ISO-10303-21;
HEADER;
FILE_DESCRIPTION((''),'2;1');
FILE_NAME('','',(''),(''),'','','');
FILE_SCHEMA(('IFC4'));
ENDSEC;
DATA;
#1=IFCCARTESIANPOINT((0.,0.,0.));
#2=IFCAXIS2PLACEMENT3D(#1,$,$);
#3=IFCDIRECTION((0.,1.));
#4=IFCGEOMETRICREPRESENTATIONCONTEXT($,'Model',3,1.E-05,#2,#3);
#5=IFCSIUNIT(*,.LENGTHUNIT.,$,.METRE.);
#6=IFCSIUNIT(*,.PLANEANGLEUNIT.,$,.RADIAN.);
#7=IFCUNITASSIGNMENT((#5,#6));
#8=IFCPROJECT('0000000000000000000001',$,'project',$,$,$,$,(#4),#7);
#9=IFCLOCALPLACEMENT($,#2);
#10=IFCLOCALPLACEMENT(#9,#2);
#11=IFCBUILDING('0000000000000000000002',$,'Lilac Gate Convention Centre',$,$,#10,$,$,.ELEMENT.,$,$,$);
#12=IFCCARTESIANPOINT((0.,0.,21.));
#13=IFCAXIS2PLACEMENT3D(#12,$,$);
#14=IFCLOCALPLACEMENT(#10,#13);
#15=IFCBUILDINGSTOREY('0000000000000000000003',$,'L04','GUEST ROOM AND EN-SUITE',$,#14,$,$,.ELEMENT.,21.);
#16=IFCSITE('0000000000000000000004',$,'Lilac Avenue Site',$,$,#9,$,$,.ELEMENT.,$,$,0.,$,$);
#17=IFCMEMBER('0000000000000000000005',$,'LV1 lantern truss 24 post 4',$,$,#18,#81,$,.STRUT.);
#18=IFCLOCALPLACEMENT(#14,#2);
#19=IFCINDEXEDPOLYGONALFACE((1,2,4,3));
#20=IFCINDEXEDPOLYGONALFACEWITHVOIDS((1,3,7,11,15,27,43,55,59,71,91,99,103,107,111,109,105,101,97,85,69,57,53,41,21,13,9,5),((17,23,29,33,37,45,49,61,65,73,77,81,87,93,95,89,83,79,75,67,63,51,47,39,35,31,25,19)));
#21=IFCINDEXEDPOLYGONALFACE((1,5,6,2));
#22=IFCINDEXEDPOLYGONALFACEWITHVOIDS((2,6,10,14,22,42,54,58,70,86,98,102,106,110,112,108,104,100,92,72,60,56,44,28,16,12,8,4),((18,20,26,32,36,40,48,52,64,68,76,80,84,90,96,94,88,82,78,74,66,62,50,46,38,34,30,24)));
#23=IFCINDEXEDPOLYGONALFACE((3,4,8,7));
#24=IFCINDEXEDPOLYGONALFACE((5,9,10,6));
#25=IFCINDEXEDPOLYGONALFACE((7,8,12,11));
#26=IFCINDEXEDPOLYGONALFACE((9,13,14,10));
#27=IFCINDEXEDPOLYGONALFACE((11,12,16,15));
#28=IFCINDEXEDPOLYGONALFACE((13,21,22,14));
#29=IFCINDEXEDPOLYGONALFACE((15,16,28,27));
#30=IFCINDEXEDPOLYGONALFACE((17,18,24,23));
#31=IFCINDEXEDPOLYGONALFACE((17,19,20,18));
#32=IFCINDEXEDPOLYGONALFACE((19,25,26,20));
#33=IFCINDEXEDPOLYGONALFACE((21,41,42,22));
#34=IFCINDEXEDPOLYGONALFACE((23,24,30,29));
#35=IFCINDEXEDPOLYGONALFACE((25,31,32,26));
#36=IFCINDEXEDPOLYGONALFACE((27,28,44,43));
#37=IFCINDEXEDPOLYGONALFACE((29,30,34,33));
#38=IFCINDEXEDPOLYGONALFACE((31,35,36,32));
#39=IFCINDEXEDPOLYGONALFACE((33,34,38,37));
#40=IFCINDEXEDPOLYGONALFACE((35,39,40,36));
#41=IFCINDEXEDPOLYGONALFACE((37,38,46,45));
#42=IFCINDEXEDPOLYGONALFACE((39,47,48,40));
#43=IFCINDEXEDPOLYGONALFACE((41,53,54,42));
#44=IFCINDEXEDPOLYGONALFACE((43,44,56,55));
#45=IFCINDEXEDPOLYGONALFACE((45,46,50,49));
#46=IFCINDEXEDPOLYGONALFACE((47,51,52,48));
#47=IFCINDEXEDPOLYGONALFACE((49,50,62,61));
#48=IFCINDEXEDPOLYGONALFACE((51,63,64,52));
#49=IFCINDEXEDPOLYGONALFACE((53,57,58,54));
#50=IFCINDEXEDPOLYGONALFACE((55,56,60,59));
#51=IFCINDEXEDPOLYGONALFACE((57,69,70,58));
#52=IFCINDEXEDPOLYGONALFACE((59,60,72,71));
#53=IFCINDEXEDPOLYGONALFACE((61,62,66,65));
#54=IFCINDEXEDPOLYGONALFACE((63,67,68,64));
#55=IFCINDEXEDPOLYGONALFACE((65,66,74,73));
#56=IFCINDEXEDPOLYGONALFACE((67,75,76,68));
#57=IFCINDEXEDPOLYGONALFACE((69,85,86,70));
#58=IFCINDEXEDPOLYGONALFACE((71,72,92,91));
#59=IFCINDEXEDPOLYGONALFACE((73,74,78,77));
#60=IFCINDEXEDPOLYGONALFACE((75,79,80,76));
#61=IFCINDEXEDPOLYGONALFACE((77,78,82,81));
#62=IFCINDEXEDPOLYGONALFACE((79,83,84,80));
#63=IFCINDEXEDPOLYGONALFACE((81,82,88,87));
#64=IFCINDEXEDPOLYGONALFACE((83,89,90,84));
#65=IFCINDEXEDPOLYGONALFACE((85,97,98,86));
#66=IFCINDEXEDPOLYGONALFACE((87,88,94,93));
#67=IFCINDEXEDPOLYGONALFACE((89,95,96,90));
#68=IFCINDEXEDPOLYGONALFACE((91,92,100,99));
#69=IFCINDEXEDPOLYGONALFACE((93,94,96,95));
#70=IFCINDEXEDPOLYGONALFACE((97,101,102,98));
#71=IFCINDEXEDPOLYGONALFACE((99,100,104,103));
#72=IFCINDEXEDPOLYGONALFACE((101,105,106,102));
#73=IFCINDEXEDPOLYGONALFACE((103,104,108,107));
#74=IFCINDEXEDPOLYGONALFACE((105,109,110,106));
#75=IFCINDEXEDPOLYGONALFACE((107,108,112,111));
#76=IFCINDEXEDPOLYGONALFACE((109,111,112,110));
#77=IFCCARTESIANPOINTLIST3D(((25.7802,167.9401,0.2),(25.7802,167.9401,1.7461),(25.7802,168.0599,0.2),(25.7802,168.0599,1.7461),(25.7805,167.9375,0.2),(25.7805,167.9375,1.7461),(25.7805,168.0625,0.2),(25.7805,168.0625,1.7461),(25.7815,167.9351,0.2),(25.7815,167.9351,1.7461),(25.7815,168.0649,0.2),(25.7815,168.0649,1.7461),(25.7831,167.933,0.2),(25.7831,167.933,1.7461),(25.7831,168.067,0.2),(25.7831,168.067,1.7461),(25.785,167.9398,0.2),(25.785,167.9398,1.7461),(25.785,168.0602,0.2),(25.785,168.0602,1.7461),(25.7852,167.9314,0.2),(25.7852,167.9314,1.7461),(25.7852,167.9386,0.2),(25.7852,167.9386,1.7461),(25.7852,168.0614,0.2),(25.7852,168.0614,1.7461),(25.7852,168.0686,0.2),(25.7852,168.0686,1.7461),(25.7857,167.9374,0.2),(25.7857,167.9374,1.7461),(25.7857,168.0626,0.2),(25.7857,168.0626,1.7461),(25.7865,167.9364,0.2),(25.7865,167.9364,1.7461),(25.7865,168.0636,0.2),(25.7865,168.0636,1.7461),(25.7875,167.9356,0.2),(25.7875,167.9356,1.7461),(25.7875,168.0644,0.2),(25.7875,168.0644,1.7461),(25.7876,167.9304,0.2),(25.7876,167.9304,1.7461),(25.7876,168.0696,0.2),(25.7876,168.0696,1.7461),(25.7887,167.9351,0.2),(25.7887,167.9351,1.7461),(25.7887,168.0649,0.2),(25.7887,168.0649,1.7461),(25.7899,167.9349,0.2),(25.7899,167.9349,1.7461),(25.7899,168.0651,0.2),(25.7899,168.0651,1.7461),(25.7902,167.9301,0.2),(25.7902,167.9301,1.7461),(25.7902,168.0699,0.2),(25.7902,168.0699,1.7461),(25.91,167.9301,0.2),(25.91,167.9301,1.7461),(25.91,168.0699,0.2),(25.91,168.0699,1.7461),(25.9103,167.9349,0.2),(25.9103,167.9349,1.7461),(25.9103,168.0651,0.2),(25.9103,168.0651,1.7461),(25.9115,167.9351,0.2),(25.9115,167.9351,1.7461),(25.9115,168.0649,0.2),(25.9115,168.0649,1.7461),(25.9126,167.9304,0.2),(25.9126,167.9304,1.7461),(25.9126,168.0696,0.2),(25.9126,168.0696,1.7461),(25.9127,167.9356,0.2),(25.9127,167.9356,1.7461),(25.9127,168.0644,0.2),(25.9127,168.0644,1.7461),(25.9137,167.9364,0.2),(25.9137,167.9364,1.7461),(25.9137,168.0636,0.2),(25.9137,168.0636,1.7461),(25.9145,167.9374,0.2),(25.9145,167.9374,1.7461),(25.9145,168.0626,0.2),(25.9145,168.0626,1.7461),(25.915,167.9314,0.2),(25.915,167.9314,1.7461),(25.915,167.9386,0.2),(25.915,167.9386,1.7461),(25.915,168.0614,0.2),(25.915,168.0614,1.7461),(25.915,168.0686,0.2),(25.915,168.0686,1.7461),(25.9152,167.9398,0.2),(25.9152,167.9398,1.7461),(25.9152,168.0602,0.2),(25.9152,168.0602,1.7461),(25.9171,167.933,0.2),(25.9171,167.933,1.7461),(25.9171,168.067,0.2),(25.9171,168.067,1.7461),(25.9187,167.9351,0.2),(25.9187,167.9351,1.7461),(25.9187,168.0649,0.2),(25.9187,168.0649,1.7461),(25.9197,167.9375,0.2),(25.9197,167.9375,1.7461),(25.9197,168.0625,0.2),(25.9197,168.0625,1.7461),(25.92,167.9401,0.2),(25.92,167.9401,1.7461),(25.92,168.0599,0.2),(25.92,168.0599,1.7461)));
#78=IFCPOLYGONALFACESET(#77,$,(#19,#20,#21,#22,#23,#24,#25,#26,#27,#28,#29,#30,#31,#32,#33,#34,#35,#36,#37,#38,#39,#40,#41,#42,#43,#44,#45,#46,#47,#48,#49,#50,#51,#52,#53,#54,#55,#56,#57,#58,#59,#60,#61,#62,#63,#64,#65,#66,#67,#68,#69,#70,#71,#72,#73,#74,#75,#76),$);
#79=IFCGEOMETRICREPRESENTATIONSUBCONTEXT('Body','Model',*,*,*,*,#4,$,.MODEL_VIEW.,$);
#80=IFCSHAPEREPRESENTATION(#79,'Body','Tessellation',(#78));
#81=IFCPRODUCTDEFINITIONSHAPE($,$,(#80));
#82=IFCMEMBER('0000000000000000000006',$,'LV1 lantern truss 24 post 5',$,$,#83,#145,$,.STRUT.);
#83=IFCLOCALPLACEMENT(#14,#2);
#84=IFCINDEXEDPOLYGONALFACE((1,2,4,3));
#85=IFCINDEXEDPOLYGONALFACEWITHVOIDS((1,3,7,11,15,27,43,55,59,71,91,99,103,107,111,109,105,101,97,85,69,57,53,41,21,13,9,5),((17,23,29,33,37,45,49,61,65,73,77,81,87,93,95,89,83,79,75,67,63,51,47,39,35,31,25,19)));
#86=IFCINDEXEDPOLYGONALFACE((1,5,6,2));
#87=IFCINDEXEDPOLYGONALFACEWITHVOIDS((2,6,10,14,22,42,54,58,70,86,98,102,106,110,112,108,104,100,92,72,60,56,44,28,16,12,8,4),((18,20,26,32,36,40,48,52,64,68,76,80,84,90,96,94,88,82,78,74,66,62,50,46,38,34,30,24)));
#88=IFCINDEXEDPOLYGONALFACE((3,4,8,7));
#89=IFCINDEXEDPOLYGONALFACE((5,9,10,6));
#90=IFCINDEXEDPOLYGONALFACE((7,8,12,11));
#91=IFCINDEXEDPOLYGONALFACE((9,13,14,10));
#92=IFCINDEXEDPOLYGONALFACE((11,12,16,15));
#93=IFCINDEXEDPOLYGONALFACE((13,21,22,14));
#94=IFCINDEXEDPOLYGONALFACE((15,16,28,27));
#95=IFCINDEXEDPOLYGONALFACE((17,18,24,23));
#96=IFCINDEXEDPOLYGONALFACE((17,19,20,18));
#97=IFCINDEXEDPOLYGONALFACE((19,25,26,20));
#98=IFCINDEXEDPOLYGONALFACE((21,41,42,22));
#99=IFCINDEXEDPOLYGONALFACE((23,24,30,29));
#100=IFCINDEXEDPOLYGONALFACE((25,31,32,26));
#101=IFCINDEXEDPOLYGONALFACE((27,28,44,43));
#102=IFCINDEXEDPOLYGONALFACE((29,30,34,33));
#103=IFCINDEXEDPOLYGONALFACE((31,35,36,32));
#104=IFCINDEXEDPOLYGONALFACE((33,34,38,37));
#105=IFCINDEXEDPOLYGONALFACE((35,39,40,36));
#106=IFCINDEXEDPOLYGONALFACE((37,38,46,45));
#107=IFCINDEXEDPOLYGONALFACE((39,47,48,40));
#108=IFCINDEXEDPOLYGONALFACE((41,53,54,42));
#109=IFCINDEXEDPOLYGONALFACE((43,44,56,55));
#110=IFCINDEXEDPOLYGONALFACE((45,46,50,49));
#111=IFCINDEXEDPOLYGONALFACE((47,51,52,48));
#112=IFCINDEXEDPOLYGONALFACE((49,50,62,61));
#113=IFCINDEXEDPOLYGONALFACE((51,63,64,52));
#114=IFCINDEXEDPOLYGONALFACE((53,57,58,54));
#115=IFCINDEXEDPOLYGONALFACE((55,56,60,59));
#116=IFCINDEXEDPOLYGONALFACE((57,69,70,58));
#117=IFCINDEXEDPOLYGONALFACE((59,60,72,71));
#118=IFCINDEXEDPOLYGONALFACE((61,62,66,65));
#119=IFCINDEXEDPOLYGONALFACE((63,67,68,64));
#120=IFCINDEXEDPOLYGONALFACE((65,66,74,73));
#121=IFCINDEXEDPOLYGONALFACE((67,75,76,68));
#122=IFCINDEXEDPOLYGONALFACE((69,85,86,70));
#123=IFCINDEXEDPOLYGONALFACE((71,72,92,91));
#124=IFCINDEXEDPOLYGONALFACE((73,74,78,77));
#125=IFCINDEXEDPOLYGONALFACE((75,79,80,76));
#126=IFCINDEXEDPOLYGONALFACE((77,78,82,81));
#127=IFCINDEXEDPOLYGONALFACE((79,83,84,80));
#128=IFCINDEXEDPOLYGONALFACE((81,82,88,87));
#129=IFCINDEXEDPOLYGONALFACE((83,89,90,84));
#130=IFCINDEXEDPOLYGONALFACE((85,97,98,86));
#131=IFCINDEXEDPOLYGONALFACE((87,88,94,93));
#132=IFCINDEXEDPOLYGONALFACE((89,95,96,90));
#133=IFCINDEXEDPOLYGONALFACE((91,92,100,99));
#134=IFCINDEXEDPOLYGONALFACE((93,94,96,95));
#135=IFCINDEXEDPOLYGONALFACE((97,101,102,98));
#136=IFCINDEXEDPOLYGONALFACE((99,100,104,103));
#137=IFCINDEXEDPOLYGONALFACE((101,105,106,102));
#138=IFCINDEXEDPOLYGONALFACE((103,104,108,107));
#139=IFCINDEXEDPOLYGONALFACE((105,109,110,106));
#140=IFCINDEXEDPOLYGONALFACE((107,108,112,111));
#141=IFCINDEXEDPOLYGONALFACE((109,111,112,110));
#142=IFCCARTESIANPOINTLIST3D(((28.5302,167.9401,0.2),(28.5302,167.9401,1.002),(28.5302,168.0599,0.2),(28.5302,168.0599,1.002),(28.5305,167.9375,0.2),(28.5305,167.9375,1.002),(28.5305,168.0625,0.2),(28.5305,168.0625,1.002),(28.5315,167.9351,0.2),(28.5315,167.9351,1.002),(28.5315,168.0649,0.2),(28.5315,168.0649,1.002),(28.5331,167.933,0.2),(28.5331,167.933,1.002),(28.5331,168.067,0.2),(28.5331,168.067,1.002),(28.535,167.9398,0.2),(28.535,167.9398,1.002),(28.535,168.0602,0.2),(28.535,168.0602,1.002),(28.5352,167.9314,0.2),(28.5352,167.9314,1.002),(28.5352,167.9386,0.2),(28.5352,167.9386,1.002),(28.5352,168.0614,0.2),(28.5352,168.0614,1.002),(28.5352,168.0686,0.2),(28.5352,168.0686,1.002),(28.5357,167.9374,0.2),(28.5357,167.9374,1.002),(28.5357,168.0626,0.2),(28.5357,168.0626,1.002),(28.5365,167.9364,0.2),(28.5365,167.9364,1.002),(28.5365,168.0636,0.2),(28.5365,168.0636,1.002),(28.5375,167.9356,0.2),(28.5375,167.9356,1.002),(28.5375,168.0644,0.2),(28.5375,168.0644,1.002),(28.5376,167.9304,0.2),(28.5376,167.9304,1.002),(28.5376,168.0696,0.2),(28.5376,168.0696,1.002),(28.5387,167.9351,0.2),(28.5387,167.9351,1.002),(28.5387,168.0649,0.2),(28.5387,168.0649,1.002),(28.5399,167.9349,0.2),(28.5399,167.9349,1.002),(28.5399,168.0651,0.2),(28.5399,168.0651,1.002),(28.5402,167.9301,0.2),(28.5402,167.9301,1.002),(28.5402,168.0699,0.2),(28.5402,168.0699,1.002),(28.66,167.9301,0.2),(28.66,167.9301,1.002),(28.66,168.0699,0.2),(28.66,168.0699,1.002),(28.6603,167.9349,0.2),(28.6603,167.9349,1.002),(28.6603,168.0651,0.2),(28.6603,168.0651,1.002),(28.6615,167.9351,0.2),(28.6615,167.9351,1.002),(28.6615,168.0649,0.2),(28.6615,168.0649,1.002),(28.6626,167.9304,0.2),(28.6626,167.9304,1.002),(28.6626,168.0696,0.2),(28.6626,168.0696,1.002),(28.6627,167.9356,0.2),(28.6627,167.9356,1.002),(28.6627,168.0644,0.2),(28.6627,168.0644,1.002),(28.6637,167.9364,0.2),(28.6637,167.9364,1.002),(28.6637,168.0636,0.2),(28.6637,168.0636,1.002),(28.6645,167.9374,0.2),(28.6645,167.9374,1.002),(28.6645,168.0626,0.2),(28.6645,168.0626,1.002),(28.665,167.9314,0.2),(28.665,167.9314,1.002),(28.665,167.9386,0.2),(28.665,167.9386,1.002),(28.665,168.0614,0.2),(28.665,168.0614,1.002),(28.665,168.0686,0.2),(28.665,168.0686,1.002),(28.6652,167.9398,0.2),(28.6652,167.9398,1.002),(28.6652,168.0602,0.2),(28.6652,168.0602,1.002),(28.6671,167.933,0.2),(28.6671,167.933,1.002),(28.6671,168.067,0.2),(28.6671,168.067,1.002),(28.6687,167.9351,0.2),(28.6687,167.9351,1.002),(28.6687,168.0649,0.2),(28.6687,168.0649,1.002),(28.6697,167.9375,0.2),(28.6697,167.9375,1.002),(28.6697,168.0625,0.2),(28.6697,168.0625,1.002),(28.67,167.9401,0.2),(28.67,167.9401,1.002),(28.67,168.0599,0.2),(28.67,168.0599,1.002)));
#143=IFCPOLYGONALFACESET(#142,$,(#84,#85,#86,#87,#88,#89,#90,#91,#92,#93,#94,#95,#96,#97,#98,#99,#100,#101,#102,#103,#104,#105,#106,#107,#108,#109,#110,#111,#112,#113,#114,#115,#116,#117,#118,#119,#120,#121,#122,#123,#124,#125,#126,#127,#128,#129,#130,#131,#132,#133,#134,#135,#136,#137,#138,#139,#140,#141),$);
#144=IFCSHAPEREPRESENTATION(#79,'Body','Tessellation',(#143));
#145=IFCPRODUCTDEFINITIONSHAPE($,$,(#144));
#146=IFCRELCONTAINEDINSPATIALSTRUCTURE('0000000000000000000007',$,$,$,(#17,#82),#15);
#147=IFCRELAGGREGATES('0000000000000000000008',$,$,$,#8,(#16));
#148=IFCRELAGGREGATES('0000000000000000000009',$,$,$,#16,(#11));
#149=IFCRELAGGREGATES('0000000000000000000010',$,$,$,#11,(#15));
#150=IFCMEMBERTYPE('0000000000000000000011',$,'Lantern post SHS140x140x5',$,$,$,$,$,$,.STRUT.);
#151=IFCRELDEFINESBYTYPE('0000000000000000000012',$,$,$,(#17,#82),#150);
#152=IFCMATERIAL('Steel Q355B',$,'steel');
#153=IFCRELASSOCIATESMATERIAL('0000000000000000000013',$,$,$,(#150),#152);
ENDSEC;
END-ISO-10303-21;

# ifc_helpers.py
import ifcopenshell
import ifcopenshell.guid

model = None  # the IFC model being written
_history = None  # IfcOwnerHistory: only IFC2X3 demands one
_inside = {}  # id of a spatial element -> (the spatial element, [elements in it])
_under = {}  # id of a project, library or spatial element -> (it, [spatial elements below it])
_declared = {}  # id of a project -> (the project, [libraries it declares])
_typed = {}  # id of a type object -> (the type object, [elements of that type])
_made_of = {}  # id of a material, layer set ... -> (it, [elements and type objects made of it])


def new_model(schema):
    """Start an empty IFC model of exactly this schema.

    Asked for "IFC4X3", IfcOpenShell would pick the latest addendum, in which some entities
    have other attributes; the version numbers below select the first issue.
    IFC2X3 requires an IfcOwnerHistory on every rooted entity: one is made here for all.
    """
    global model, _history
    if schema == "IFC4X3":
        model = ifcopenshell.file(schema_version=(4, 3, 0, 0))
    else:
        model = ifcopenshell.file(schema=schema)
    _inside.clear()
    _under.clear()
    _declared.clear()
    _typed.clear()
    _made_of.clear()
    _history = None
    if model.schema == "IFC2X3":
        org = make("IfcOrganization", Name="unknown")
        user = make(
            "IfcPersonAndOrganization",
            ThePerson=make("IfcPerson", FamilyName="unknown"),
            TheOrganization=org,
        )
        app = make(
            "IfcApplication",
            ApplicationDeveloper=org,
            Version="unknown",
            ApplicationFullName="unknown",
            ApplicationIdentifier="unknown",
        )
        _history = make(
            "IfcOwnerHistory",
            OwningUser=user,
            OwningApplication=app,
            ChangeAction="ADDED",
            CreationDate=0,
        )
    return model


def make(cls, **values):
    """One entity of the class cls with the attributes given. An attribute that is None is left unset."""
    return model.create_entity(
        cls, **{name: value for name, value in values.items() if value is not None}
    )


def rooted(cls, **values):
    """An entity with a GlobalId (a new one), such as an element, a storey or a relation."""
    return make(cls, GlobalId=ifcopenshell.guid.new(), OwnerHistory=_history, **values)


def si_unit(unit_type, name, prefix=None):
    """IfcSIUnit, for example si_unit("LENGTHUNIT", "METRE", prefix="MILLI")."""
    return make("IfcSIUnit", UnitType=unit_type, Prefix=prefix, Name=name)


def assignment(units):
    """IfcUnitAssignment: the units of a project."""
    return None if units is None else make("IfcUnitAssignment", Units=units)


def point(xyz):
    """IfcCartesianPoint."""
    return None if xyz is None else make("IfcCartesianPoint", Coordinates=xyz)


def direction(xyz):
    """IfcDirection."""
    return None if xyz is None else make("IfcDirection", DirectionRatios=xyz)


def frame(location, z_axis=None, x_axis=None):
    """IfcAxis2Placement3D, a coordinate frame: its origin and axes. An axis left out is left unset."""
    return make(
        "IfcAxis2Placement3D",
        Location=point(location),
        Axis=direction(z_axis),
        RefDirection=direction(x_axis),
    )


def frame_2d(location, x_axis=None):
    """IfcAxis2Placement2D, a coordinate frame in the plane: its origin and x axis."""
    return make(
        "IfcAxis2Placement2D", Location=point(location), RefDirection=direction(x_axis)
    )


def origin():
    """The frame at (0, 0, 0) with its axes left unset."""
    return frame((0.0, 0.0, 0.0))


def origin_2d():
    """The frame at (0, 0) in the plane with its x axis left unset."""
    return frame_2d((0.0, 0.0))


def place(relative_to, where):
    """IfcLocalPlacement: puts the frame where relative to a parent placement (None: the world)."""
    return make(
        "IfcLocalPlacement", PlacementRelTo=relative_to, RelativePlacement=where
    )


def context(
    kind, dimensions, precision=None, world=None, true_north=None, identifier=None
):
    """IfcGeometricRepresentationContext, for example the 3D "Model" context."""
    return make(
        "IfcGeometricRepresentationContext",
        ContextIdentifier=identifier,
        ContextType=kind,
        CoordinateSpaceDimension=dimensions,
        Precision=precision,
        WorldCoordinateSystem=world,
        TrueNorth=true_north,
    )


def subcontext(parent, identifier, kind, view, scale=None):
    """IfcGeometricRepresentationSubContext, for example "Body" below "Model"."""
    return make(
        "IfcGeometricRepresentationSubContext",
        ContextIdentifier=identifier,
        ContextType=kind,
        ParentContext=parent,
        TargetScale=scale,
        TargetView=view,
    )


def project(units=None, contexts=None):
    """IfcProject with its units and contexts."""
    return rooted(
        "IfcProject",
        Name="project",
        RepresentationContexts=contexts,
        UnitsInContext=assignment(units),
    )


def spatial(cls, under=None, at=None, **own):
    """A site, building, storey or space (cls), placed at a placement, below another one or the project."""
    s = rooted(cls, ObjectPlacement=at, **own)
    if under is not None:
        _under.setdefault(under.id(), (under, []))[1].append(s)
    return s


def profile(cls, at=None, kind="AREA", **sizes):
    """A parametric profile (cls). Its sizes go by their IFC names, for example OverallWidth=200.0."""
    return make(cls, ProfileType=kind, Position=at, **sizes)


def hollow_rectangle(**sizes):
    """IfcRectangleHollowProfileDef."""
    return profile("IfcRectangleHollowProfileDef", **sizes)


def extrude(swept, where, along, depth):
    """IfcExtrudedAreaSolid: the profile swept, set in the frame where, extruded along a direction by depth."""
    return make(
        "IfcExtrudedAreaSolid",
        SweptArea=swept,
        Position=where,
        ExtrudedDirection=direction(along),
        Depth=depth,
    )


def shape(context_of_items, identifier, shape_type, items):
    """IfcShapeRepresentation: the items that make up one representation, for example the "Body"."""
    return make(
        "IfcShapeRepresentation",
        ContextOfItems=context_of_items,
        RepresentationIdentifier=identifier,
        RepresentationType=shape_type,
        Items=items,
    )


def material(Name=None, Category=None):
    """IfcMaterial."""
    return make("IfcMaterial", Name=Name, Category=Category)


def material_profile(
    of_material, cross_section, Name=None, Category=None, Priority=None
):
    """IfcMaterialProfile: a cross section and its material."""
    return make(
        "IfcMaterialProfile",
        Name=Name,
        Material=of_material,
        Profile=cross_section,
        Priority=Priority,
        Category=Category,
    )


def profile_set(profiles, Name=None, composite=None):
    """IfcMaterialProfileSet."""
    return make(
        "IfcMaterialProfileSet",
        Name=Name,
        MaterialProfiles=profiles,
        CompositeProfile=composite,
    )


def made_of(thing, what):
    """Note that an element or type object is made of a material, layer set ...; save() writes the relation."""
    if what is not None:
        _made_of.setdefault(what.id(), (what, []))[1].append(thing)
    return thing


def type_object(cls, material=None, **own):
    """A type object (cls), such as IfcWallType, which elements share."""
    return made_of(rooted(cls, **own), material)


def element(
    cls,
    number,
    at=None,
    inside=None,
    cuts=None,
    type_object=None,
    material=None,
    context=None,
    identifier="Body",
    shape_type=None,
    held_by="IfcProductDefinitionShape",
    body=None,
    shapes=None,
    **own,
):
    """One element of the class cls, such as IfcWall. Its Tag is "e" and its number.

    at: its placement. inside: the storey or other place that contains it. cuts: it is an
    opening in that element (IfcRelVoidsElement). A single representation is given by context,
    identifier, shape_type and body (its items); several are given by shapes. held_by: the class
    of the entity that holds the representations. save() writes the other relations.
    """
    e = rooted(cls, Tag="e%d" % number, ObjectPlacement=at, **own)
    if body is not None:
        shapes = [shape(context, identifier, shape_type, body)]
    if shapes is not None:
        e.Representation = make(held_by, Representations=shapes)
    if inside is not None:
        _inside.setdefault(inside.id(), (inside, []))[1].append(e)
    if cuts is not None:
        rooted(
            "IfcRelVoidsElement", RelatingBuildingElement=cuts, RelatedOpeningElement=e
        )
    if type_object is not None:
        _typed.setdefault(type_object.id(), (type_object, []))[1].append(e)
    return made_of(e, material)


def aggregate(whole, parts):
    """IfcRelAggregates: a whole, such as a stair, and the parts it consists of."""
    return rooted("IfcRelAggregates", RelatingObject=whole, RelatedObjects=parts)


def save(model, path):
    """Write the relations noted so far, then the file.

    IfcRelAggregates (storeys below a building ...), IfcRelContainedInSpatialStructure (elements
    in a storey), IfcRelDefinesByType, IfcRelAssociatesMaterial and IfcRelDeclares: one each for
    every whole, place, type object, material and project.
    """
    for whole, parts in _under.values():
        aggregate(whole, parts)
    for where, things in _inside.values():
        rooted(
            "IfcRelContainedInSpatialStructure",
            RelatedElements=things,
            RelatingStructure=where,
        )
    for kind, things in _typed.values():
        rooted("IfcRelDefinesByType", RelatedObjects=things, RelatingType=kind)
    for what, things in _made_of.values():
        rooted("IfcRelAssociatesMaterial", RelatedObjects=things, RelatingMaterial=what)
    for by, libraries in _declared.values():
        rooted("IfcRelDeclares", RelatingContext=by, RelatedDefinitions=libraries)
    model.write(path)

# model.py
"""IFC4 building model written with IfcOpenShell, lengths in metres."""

from ifc_helpers import new_model, si_unit, direction, frame, origin, origin_2d, place, context, subcontext, project, spatial, hollow_rectangle, extrude, material, material_profile, profile_set, type_object, element, save


model = new_model("IFC4")

# Units and contexts
model_context = context("Model", 3, precision=1e-05, world=origin(), true_north=direction((0.0, 1.0)))
body_context = subcontext(model_context, "Body", "Model", "MODEL_VIEW")
ifc_project = project(units=[si_unit("LENGTHUNIT", "METRE"), si_unit("PLANEANGLEUNIT", "RADIAN")], contexts=[model_context])

# Site, building, storey
site_placement = place(None, origin())
site = spatial("IfcSite", under=ifc_project, at=site_placement, Name="Lilac Avenue Site", CompositionType="ELEMENT", RefElevation=0.0)
building_placement = place(site_placement, origin())
building = spatial("IfcBuilding", under=site, at=building_placement, Name="Lilac Gate Convention Centre", CompositionType="ELEMENT")
storey_placement = place(building_placement, frame((0.0, 0.0, 21.0)))
storey = spatial("IfcBuildingStorey", under=building, at=storey_placement, Name="L04", Description="GUEST ROOM AND EN-SUITE", CompositionType="ELEMENT", Elevation=21.0)

# Members
ifc_material_1 = material(Name="Steel Q355B", Category="steel")
ifc_material_profile_1 = material_profile(ifc_material_1, hollow_rectangle(XDim=0.1399, YDim=0.1399, WallThickness=0.0049, InnerFilletRadius=0.0049, OuterFilletRadius=0.01, at=origin_2d()), Name="SHS140x140x5")
ifc_profile_set_1 = profile_set([ifc_material_profile_1], Name="Steel Q355B")
member_type_1 = type_object("IfcMemberType", Name="Lantern post SHS140x140x5", PredefinedType="STRUT", material=ifc_profile_set_1)
member_1_placement = place(storey_placement, frame((25.8501, 168.0, 0.2), z_axis=(0.0, 0.0, 1.0), x_axis=(1.0, 0.0, 0.0)))
element("IfcMember", 1, at=member_1_placement, inside=storey, type_object=member_type_1, Name="LV1 lantern truss 24 post 4", PredefinedType="STRUT", context=body_context, shape_type="SweptSolid", body=[
    extrude(hollow_rectangle(XDim=0.1399, YDim=0.1399, WallThickness=0.0049, InnerFilletRadius=0.0049, OuterFilletRadius=0.01, at=origin_2d()), origin(), (0.0, 0.0, 1.0), 1.5461),
])
member_2_placement = place(storey_placement, frame((28.6001, 168.0, 0.2), z_axis=(0.0, 0.0, 1.0), x_axis=(1.0, 0.0, 0.0)))
element("IfcMember", 2, at=member_2_placement, inside=storey, type_object=member_type_1, Name="LV1 lantern truss 24 post 5", PredefinedType="STRUT", context=body_context, shape_type="SweptSolid", body=[
    extrude(hollow_rectangle(XDim=0.1399, YDim=0.1399, WallThickness=0.0049, InnerFilletRadius=0.0049, OuterFilletRadius=0.01, at=origin_2d()), origin(), (0.0, 0.0, 1.0), 0.802),
])

save(model, "model.ifc")
